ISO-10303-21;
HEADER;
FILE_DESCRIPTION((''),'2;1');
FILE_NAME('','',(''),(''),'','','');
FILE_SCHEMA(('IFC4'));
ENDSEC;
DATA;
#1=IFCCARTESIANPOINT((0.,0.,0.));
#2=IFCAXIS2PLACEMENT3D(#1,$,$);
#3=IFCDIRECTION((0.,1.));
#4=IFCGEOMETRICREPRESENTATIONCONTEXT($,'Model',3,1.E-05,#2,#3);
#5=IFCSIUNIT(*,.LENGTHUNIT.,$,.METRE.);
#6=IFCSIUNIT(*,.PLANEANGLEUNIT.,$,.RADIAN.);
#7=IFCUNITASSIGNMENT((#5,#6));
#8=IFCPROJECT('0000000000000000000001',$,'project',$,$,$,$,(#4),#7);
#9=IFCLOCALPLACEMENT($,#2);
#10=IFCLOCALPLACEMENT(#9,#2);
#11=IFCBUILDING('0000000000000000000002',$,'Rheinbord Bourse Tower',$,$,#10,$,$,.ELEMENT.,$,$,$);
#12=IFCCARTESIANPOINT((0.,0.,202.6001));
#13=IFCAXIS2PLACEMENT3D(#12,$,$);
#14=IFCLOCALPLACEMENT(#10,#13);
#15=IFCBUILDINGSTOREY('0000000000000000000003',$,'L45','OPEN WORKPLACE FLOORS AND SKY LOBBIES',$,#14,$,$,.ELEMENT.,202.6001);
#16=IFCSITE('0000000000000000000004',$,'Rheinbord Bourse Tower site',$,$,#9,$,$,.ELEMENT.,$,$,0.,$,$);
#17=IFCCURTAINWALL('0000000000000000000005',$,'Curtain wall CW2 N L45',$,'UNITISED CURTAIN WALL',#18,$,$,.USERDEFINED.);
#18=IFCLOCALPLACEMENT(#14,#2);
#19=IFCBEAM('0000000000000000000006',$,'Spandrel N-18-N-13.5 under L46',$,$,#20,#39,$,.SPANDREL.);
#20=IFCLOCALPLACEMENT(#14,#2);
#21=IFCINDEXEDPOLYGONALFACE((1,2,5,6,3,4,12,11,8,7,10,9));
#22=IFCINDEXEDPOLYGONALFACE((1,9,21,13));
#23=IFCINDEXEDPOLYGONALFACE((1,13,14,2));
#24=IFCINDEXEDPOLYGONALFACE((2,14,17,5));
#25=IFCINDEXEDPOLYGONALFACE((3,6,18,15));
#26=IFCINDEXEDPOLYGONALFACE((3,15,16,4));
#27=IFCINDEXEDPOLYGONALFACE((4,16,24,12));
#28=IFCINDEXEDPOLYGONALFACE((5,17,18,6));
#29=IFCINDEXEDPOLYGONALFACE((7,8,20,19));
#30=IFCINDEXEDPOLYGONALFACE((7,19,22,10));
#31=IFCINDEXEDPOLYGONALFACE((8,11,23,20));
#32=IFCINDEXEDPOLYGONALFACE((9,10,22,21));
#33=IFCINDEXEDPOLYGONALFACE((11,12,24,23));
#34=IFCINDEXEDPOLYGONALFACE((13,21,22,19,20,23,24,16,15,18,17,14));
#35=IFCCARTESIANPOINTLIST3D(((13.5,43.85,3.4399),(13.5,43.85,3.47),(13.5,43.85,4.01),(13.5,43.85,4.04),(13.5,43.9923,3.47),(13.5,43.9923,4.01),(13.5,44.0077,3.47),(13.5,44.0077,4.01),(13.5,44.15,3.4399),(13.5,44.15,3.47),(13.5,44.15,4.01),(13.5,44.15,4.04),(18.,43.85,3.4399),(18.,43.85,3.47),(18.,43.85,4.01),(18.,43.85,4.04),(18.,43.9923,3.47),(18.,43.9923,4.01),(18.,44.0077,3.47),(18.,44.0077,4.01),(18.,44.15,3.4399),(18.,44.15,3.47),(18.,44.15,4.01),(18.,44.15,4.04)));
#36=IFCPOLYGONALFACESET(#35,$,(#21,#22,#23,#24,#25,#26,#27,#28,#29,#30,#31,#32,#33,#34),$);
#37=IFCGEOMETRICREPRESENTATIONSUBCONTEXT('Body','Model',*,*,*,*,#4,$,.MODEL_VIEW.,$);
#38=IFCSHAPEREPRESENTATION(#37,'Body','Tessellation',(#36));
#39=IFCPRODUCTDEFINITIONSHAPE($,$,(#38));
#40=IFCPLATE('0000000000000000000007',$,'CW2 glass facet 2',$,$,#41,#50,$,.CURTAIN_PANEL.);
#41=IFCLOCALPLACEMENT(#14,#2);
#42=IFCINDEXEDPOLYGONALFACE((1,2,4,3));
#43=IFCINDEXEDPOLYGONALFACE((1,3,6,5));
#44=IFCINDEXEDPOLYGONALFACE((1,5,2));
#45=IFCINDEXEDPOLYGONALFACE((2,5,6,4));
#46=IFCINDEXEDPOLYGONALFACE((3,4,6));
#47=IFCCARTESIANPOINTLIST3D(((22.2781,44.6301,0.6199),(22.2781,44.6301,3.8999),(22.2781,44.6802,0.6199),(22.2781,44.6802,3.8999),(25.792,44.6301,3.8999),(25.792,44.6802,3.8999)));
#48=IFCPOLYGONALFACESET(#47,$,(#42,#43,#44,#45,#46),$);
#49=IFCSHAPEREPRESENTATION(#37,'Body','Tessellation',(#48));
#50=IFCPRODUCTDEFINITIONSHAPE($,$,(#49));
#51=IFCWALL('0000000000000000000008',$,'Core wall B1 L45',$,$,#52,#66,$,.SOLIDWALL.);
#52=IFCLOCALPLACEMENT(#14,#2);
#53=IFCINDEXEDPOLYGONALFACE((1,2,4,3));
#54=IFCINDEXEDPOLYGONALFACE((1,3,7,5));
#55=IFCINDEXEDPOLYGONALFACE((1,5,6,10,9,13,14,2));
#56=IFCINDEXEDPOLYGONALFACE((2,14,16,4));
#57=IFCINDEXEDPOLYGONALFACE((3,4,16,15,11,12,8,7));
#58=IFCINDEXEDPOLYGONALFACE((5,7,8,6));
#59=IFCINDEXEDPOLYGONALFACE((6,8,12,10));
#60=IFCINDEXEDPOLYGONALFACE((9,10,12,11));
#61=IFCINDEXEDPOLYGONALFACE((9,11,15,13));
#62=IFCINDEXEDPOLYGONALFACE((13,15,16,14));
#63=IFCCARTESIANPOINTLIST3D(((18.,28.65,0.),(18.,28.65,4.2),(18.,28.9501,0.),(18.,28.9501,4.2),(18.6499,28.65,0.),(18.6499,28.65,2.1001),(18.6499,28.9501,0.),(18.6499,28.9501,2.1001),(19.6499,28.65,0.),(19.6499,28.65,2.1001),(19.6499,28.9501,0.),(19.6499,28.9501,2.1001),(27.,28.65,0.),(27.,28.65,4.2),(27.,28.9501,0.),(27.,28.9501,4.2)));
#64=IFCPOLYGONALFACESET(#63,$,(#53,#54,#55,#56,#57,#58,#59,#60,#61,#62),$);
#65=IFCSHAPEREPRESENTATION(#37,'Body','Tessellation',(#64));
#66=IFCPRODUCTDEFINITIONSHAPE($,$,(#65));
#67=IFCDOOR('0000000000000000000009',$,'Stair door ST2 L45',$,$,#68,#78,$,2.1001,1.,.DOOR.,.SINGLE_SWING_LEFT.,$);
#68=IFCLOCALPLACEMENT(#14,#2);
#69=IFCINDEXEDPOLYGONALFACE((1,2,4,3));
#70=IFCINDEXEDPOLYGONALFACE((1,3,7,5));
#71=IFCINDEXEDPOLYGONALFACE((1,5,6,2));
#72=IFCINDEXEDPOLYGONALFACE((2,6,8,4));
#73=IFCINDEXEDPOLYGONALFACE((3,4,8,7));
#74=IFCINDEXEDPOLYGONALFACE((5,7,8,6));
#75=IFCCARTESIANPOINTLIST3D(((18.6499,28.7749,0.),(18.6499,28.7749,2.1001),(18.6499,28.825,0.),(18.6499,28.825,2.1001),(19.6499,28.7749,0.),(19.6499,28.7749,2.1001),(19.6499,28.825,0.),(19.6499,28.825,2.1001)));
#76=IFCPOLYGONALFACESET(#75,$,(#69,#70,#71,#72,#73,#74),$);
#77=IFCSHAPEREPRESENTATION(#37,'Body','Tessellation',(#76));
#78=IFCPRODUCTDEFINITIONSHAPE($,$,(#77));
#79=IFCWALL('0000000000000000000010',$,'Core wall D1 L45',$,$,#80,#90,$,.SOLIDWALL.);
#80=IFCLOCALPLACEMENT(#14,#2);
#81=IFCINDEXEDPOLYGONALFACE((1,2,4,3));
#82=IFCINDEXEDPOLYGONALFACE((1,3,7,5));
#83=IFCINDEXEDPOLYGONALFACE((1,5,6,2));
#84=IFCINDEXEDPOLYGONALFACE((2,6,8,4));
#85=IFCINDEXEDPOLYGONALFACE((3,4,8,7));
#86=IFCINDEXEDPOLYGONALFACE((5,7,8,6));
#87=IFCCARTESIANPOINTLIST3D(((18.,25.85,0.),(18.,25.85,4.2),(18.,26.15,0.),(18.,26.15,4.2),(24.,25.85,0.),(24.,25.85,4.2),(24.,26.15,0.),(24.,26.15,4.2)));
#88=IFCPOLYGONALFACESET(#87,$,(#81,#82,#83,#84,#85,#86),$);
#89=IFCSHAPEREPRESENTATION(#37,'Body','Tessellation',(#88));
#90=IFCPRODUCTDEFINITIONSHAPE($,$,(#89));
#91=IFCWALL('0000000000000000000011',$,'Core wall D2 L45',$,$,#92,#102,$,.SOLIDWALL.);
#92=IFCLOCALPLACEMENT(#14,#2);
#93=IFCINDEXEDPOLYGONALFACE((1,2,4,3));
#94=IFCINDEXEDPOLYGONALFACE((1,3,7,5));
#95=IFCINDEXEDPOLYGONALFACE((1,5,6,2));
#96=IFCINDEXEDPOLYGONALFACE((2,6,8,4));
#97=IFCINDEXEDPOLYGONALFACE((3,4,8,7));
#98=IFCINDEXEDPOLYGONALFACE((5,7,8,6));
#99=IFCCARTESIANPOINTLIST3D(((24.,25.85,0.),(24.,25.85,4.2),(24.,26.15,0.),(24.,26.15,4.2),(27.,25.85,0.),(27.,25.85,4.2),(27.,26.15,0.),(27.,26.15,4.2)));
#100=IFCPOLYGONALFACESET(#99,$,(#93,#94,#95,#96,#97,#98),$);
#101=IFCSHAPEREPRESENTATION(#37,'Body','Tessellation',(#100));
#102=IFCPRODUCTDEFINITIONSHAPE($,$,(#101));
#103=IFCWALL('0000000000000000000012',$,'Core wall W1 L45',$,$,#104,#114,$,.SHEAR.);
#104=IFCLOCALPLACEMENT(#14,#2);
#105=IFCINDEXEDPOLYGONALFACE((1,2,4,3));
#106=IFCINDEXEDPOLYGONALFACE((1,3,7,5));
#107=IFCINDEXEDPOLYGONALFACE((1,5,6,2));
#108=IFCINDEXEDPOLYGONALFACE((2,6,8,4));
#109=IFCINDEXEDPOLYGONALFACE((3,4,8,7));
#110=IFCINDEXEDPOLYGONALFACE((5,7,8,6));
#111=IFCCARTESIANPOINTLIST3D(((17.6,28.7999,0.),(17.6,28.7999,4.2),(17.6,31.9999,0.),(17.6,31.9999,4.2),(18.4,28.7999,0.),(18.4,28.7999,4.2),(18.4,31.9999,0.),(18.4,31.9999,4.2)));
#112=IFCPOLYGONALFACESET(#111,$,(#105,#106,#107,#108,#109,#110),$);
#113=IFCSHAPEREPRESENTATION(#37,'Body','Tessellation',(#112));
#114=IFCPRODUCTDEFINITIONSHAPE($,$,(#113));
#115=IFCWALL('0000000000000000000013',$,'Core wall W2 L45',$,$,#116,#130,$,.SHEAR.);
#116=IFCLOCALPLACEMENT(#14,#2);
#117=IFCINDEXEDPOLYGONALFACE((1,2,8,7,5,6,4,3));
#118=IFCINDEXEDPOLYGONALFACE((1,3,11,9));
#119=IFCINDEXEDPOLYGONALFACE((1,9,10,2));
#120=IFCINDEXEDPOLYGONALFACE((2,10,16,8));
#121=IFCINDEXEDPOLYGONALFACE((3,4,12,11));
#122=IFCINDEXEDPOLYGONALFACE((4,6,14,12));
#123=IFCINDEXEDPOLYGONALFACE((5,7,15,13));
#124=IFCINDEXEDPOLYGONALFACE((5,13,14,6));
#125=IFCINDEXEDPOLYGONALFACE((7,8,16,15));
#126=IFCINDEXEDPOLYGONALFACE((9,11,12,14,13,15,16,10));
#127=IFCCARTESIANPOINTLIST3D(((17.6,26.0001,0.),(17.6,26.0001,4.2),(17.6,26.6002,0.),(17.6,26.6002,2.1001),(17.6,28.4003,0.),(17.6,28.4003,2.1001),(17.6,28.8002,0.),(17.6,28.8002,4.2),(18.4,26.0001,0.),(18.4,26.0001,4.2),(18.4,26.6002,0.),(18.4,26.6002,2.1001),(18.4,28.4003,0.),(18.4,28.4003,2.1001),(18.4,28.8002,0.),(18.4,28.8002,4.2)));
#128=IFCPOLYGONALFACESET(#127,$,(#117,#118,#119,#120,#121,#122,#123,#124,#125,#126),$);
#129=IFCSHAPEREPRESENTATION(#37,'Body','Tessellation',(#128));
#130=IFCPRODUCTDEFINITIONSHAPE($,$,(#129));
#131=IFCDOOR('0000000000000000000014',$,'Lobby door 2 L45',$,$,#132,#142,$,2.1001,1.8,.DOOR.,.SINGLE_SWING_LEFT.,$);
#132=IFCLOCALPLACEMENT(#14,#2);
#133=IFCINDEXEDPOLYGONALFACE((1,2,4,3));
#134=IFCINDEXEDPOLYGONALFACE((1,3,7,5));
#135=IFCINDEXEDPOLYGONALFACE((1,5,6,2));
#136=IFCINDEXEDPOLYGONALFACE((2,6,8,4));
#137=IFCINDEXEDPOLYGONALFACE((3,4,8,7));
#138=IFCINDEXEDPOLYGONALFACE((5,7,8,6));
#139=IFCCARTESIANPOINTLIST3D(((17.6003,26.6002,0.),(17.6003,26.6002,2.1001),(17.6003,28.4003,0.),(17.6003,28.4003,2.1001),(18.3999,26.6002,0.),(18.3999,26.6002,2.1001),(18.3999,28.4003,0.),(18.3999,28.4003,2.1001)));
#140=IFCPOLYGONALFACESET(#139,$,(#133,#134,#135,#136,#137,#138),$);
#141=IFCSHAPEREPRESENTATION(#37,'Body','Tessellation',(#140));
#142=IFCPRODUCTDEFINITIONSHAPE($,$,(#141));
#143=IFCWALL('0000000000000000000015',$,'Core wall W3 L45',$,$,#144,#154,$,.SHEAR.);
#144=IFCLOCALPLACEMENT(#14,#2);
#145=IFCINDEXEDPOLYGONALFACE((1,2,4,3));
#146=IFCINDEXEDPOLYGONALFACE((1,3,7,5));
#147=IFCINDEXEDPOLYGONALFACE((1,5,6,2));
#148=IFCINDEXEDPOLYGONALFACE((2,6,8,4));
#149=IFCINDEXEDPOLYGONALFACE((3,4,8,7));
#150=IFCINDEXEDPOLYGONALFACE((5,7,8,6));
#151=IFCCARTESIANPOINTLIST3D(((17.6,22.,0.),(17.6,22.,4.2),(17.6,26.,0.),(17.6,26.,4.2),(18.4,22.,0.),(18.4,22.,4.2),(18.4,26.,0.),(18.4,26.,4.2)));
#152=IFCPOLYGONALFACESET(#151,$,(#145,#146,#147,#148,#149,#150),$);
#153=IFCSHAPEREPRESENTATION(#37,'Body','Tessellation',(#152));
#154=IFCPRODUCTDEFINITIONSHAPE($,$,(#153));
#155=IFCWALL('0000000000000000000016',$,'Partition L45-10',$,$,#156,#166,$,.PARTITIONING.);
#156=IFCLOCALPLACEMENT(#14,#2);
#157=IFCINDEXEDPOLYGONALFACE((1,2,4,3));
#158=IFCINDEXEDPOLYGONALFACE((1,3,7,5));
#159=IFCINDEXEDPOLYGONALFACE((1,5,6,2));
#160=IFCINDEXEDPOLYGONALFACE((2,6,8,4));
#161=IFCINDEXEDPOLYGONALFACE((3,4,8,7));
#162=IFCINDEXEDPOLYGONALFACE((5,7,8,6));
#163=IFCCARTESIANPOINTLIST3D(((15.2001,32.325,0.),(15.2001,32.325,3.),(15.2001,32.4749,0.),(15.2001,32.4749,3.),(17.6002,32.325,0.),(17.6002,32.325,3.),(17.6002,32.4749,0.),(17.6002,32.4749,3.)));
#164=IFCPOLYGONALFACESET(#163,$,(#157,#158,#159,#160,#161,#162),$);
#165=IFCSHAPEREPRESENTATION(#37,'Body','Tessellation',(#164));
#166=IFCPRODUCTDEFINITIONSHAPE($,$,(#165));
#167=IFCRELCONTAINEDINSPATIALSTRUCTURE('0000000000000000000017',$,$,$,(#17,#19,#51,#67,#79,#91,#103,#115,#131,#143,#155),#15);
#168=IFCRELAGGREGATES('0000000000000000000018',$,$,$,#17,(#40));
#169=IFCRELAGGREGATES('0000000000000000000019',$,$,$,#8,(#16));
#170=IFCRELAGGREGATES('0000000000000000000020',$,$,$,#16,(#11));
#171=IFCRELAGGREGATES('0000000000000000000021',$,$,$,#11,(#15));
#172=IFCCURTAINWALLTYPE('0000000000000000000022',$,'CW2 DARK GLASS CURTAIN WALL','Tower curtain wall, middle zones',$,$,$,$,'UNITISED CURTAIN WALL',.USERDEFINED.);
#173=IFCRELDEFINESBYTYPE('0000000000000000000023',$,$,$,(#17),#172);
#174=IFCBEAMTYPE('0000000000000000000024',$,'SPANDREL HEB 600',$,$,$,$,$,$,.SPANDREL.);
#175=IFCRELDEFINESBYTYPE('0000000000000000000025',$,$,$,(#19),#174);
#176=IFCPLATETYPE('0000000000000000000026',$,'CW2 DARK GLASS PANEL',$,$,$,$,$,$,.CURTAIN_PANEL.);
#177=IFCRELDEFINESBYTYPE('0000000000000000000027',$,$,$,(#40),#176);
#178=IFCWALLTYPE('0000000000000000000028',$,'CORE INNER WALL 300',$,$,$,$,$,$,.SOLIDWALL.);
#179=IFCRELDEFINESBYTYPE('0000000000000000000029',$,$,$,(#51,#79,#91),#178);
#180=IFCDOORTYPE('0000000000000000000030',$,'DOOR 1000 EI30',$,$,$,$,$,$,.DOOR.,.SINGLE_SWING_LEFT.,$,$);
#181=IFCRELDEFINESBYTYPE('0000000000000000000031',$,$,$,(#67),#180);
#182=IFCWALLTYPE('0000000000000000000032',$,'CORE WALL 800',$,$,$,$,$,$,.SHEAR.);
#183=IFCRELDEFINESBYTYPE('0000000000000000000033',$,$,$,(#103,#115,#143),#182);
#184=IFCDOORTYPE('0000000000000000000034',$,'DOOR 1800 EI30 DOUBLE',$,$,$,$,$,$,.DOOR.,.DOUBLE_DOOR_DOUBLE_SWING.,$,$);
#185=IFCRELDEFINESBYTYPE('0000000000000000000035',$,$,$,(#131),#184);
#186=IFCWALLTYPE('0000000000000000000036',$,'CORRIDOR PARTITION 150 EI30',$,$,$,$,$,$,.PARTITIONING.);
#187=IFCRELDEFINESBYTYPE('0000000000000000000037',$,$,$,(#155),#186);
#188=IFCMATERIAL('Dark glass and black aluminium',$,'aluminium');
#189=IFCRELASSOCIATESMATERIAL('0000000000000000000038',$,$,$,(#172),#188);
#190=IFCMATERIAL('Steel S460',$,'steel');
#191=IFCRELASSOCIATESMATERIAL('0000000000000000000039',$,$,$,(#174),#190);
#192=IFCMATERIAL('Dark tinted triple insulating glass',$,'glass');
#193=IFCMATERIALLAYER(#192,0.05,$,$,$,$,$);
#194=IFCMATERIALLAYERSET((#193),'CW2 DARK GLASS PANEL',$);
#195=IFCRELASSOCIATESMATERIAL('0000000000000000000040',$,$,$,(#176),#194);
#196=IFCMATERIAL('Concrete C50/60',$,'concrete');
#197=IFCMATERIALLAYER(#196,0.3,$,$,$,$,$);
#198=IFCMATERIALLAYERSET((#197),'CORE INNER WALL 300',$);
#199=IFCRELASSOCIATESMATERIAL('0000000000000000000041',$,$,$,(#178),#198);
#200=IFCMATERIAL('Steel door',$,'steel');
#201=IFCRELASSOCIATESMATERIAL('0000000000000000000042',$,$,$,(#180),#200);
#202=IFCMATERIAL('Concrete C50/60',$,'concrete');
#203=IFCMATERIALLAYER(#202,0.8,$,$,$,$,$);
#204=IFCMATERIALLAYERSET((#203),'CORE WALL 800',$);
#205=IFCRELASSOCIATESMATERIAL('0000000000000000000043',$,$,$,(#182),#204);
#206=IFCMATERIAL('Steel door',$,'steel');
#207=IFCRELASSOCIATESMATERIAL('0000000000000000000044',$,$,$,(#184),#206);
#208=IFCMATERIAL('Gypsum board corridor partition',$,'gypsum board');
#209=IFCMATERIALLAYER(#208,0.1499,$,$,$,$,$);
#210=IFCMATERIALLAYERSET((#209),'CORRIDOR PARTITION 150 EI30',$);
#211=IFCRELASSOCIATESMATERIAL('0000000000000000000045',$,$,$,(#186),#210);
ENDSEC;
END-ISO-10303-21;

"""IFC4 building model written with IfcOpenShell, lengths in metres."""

from ifc_helpers import new_model, si_unit, direction, frame, frame_2d, origin, origin_2d, place, context, subcontext, project, spatial, polyline, rectangle, i_section, outline, extrude, material, layer, layer_set, material_profile, profile_set, type_object, element, fill, aggregate, save


model = new_model("IFC4")

# Units and contexts
model_context = context("Model", 3, precision=1e-05, world=origin(), true_north=direction((0.0, 1.0)))
body_context = subcontext(model_context, "Body", "Model", "MODEL_VIEW")
ifc_project = project(units=[si_unit("LENGTHUNIT", "METRE"), si_unit("PLANEANGLEUNIT", "RADIAN")], contexts=[model_context])

# Site, building, storey
site_placement = place(None, origin())
site = spatial("IfcSite", under=ifc_project, at=site_placement, Name="Rheinbord Bourse Tower site", CompositionType="ELEMENT", RefElevation=0.0)
building_placement = place(site_placement, origin())
building = spatial("IfcBuilding", under=site, at=building_placement, Name="Rheinbord Bourse Tower", CompositionType="ELEMENT")
storey_placement = place(building_placement, frame((0.0, 0.0, 202.6001)))
storey = spatial("IfcBuildingStorey", under=building, at=storey_placement, Name="L45", Description="OPEN WORKPLACE FLOORS AND SKY LOBBIES", CompositionType="ELEMENT", Elevation=202.6001)

# Curtain wall
ifc_material_1 = material(Name="Dark glass and black aluminium", Category="aluminium")
curtain_wall_type = type_object("IfcCurtainWallType", Name="CW2 DARK GLASS CURTAIN WALL", Description="Tower curtain wall, middle zones", ElementType="UNITISED CURTAIN WALL", PredefinedType="USERDEFINED", material=ifc_material_1)
curtain_wall_placement = place(storey_placement, origin())
curtain_wall = element("IfcCurtainWall", 1, at=curtain_wall_placement, inside=storey, type_object=curtain_wall_type, Name="Curtain wall CW2 N L45", ObjectType="UNITISED CURTAIN WALL", PredefinedType="USERDEFINED")

# Beam
ifc_material_2 = material(Name="Steel S460", Category="steel")
ifc_material_profile_1 = material_profile(ifc_material_2, i_section(OverallWidth=0.3, OverallDepth=0.6001, WebThickness=0.0154, FlangeThickness=0.03, at=origin_2d()), Name="HEB 600")
ifc_profile_set_1 = profile_set([ifc_material_profile_1], Name="Steel S460")
beam_type_1 = type_object("IfcBeamType", Name="SPANDREL HEB 600", PredefinedType="SPANDREL", material=ifc_profile_set_1)
for number, where, z_axis, x_axis, name in (
    (2, (18.0, 44.0, 3.74), (-1.0, 0.0, 0.0), (0.0, -1.0, 0.0), "Spandrel N-18-N-13.5 under L46"),
):
    element("IfcBeam", number, at=place(storey_placement, frame(where, z_axis=z_axis, x_axis=x_axis)), inside=storey, type_object=beam_type_1, Name=name, PredefinedType="SPANDREL", context=body_context, shape_type="SweptSolid", body=[
        extrude(i_section(OverallWidth=0.3, OverallDepth=0.6001, WebThickness=0.0154, FlangeThickness=0.03, at=origin_2d()), origin(), (0.0, 0.0, 1.0), 4.5),
    ])

# Plate
ifc_material_3 = material(Name="Dark tinted triple insulating glass", Category="glass")
ifc_layer_1 = layer(ifc_material_3, 0.05)
ifc_layer_set_1 = layer_set([ifc_layer_1], Name="CW2 DARK GLASS PANEL")
plate_type = type_object("IfcPlateType", Name="CW2 DARK GLASS PANEL", PredefinedType="CURTAIN_PANEL", material=ifc_layer_set_1)
plate_1_placement = place(storey_placement, frame((22.2781, 44.6802, 3.8999), z_axis=(0.0, -1.0, 0.0), x_axis=(0.0, 0.0, -1.0)))
plate_1 = element("IfcPlate", 3, at=plate_1_placement, type_object=plate_type, Name="CW2 glass facet 2", PredefinedType="CURTAIN_PANEL", context=body_context, shape_type="SweptSolid", body=[
    extrude(outline(polyline([(0.0, 0.0), (3.28, 0.0), (0.0, 3.5139), (0.0, 0.0)])), origin(), (0.0, 0.0, 1.0), 0.05),
])
aggregate(curtain_wall, [plate_1])

# Wall, opening, door
ifc_material_4 = material(Name="Concrete C50/60", Category="concrete")
ifc_layer_2 = layer(ifc_material_4, 0.3)
ifc_layer_set_2 = layer_set([ifc_layer_2], Name="CORE INNER WALL 300")
wall_type_1 = type_object("IfcWallType", Name="CORE INNER WALL 300", PredefinedType="SOLIDWALL", material=ifc_layer_set_2)
wall_1_placement = place(storey_placement, frame((18.0, 28.8, 0.0), z_axis=(0.0, 0.0, 1.0), x_axis=(1.0, 0.0, 0.0)))
wall_1 = element("IfcWall", 4, at=wall_1_placement, inside=storey, type_object=wall_type_1, Name="Core wall B1 L45", PredefinedType="SOLIDWALL", context=body_context, shape_type="SweptSolid", body=[
    extrude(rectangle(XDim=9.0, YDim=0.3, at=frame_2d((4.5, 0.0))), origin(), (0.0, 0.0, 1.0), 4.2),
])
opening_1_placement = place(wall_1_placement, frame((0.6499, 0.0, 0.0)))
opening_1 = element("IfcOpeningElement", 5, at=opening_1_placement, cuts=wall_1, PredefinedType="OPENING", context=body_context, shape_type="SweptSolid", body=[
    extrude(rectangle(XDim=1.0, YDim=2.1001, at=frame_2d((0.5, 1.05))), frame((0.0, 0.1599, 0.0), z_axis=(0.0, -1.0, 0.0), x_axis=(1.0, 0.0, 0.0)), (0.0, 0.0, 1.0), 0.3201),
])
ifc_material_5 = material(Name="Steel door", Category="steel")
door_type_1 = type_object("IfcDoorType", Name="DOOR 1000 EI30", OperationType="SINGLE_SWING_LEFT", PredefinedType="DOOR", material=ifc_material_5)
door_1_placement = place(opening_1_placement, origin())
door_1 = element("IfcDoor", 6, at=door_1_placement, inside=storey, type_object=door_type_1, Name="Stair door ST2 L45", OperationType="SINGLE_SWING_LEFT", OverallHeight=2.1001, OverallWidth=1.0, PredefinedType="DOOR", context=body_context, shape_type="SweptSolid", body=[
    extrude(rectangle(XDim=1.0, YDim=2.1001, at=frame_2d((0.5, 1.05))), frame((0.0, 0.0249, 0.0), z_axis=(0.0, -1.0, 0.0), x_axis=(1.0, 0.0, 0.0)), (0.0, 0.0, 1.0), 0.05),
])
fill(opening_1, door_1)

# Walls
wall_2_placement = place(storey_placement, frame((18.0, 26.0, 0.0), z_axis=(0.0, 0.0, 1.0), x_axis=(1.0, 0.0, 0.0)))
element("IfcWall", 7, at=wall_2_placement, inside=storey, type_object=wall_type_1, Name="Core wall D1 L45", PredefinedType="SOLIDWALL", context=body_context, shape_type="SweptSolid", body=[
    extrude(rectangle(XDim=6.0, YDim=0.3, at=frame_2d((3.0, 0.0))), origin(), (0.0, 0.0, 1.0), 4.2),
])
wall_3_placement = place(storey_placement, frame((24.0, 26.0, 0.0), z_axis=(0.0, 0.0, 1.0), x_axis=(1.0, 0.0, 0.0)))
element("IfcWall", 8, at=wall_3_placement, inside=storey, type_object=wall_type_1, Name="Core wall D2 L45", PredefinedType="SOLIDWALL", context=body_context, shape_type="SweptSolid", body=[
    extrude(rectangle(XDim=3.0, YDim=0.3, at=frame_2d((1.5, 0.0))), origin(), (0.0, 0.0, 1.0), 4.2),
])
ifc_material_6 = material(Name="Concrete C50/60", Category="concrete")
ifc_layer_3 = layer(ifc_material_6, 0.8)
ifc_layer_set_3 = layer_set([ifc_layer_3], Name="CORE WALL 800")
wall_type_2 = type_object("IfcWallType", Name="CORE WALL 800", PredefinedType="SHEAR", material=ifc_layer_set_3)
wall_4_placement = place(storey_placement, frame((18.0, 32.0, 0.0), z_axis=(0.0, 0.0, 1.0), x_axis=(0.0, -1.0, 0.0)))
element("IfcWall", 9, at=wall_4_placement, inside=storey, type_object=wall_type_2, Name="Core wall W1 L45", PredefinedType="SHEAR", context=body_context, shape_type="SweptSolid", body=[
    extrude(rectangle(XDim=3.2, YDim=0.8, at=frame_2d((1.6001, 0.0))), origin(), (0.0, 0.0, 1.0), 4.2),
])

# Wall, opening, door
wall_5_placement = place(storey_placement, frame((18.0, 28.8, 0.0), z_axis=(0.0, 0.0, 1.0), x_axis=(0.0, -1.0, 0.0)))
wall_5 = element("IfcWall", 10, at=wall_5_placement, inside=storey, type_object=wall_type_2, Name="Core wall W2 L45", PredefinedType="SHEAR", context=body_context, shape_type="SweptSolid", body=[
    extrude(rectangle(XDim=2.8, YDim=0.8, at=frame_2d((1.3999, 0.0))), origin(), (0.0, 0.0, 1.0), 4.2),
])
opening_2_placement = place(wall_5_placement, frame((0.3999, 0.0, 0.0)))
opening_2 = element("IfcOpeningElement", 11, at=opening_2_placement, cuts=wall_5, PredefinedType="OPENING", context=body_context, shape_type="SweptSolid", body=[
    extrude(rectangle(XDim=1.8, YDim=2.1001, at=frame_2d((0.8999, 1.05))), frame((0.0, 0.4099, 0.0), z_axis=(0.0, -1.0, 0.0), x_axis=(1.0, 0.0, 0.0)), (0.0, 0.0, 1.0), 0.8201),
])
ifc_material_7 = material(Name="Steel door", Category="steel")
door_type_2 = type_object("IfcDoorType", Name="DOOR 1800 EI30 DOUBLE", OperationType="DOUBLE_DOOR_DOUBLE_SWING", PredefinedType="DOOR", material=ifc_material_7)
door_2_placement = place(opening_2_placement, origin())
door_2 = element("IfcDoor", 12, at=door_2_placement, inside=storey, type_object=door_type_2, Name="Lobby door 2 L45", OperationType="SINGLE_SWING_LEFT", OverallHeight=2.1001, OverallWidth=1.8, PredefinedType="DOOR", context=body_context, shape_type="SweptSolid", body=[
    extrude(rectangle(XDim=1.8, YDim=2.1001, at=frame_2d((0.8999, 1.05))), frame((0.0, 0.3999, 0.0), z_axis=(0.0, -1.0, 0.0), x_axis=(1.0, 0.0, 0.0)), (0.0, 0.0, 1.0), 0.7996),
])
fill(opening_2, door_2)

# Walls
wall_6_placement = place(storey_placement, frame((18.0, 26.0, 0.0), z_axis=(0.0, 0.0, 1.0), x_axis=(0.0, -1.0, 0.0)))
element("IfcWall", 13, at=wall_6_placement, inside=storey, type_object=wall_type_2, Name="Core wall W3 L45", PredefinedType="SHEAR", context=body_context, shape_type="SweptSolid", body=[
    extrude(rectangle(XDim=4.0, YDim=0.8, at=frame_2d((2.0, 0.0))), origin(), (0.0, 0.0, 1.0), 4.2),
])
ifc_material_8 = material(Name="Gypsum board corridor partition", Category="gypsum board")
ifc_layer_4 = layer(ifc_material_8, 0.1499)
ifc_layer_set_4 = layer_set([ifc_layer_4], Name="CORRIDOR PARTITION 150 EI30")
wall_type_3 = type_object("IfcWallType", Name="CORRIDOR PARTITION 150 EI30", PredefinedType="PARTITIONING", material=ifc_layer_set_4)
wall_7_placement = place(storey_placement, frame((15.2, 32.3999, 0.0), z_axis=(0.0, 0.0, 1.0), x_axis=(1.0, 0.0, 0.0)))
element("IfcWall", 14, at=wall_7_placement, inside=storey, type_object=wall_type_3, Name="Partition L45-10", PredefinedType="PARTITIONING", context=body_context, shape_type="SweptSolid", body=[
    extrude(rectangle(XDim=2.4001, YDim=0.1499, at=frame_2d((1.2002, 0.0))), origin(), (0.0, 0.0, 1.0), 3.0),
])

save(model, "model.ifc")
